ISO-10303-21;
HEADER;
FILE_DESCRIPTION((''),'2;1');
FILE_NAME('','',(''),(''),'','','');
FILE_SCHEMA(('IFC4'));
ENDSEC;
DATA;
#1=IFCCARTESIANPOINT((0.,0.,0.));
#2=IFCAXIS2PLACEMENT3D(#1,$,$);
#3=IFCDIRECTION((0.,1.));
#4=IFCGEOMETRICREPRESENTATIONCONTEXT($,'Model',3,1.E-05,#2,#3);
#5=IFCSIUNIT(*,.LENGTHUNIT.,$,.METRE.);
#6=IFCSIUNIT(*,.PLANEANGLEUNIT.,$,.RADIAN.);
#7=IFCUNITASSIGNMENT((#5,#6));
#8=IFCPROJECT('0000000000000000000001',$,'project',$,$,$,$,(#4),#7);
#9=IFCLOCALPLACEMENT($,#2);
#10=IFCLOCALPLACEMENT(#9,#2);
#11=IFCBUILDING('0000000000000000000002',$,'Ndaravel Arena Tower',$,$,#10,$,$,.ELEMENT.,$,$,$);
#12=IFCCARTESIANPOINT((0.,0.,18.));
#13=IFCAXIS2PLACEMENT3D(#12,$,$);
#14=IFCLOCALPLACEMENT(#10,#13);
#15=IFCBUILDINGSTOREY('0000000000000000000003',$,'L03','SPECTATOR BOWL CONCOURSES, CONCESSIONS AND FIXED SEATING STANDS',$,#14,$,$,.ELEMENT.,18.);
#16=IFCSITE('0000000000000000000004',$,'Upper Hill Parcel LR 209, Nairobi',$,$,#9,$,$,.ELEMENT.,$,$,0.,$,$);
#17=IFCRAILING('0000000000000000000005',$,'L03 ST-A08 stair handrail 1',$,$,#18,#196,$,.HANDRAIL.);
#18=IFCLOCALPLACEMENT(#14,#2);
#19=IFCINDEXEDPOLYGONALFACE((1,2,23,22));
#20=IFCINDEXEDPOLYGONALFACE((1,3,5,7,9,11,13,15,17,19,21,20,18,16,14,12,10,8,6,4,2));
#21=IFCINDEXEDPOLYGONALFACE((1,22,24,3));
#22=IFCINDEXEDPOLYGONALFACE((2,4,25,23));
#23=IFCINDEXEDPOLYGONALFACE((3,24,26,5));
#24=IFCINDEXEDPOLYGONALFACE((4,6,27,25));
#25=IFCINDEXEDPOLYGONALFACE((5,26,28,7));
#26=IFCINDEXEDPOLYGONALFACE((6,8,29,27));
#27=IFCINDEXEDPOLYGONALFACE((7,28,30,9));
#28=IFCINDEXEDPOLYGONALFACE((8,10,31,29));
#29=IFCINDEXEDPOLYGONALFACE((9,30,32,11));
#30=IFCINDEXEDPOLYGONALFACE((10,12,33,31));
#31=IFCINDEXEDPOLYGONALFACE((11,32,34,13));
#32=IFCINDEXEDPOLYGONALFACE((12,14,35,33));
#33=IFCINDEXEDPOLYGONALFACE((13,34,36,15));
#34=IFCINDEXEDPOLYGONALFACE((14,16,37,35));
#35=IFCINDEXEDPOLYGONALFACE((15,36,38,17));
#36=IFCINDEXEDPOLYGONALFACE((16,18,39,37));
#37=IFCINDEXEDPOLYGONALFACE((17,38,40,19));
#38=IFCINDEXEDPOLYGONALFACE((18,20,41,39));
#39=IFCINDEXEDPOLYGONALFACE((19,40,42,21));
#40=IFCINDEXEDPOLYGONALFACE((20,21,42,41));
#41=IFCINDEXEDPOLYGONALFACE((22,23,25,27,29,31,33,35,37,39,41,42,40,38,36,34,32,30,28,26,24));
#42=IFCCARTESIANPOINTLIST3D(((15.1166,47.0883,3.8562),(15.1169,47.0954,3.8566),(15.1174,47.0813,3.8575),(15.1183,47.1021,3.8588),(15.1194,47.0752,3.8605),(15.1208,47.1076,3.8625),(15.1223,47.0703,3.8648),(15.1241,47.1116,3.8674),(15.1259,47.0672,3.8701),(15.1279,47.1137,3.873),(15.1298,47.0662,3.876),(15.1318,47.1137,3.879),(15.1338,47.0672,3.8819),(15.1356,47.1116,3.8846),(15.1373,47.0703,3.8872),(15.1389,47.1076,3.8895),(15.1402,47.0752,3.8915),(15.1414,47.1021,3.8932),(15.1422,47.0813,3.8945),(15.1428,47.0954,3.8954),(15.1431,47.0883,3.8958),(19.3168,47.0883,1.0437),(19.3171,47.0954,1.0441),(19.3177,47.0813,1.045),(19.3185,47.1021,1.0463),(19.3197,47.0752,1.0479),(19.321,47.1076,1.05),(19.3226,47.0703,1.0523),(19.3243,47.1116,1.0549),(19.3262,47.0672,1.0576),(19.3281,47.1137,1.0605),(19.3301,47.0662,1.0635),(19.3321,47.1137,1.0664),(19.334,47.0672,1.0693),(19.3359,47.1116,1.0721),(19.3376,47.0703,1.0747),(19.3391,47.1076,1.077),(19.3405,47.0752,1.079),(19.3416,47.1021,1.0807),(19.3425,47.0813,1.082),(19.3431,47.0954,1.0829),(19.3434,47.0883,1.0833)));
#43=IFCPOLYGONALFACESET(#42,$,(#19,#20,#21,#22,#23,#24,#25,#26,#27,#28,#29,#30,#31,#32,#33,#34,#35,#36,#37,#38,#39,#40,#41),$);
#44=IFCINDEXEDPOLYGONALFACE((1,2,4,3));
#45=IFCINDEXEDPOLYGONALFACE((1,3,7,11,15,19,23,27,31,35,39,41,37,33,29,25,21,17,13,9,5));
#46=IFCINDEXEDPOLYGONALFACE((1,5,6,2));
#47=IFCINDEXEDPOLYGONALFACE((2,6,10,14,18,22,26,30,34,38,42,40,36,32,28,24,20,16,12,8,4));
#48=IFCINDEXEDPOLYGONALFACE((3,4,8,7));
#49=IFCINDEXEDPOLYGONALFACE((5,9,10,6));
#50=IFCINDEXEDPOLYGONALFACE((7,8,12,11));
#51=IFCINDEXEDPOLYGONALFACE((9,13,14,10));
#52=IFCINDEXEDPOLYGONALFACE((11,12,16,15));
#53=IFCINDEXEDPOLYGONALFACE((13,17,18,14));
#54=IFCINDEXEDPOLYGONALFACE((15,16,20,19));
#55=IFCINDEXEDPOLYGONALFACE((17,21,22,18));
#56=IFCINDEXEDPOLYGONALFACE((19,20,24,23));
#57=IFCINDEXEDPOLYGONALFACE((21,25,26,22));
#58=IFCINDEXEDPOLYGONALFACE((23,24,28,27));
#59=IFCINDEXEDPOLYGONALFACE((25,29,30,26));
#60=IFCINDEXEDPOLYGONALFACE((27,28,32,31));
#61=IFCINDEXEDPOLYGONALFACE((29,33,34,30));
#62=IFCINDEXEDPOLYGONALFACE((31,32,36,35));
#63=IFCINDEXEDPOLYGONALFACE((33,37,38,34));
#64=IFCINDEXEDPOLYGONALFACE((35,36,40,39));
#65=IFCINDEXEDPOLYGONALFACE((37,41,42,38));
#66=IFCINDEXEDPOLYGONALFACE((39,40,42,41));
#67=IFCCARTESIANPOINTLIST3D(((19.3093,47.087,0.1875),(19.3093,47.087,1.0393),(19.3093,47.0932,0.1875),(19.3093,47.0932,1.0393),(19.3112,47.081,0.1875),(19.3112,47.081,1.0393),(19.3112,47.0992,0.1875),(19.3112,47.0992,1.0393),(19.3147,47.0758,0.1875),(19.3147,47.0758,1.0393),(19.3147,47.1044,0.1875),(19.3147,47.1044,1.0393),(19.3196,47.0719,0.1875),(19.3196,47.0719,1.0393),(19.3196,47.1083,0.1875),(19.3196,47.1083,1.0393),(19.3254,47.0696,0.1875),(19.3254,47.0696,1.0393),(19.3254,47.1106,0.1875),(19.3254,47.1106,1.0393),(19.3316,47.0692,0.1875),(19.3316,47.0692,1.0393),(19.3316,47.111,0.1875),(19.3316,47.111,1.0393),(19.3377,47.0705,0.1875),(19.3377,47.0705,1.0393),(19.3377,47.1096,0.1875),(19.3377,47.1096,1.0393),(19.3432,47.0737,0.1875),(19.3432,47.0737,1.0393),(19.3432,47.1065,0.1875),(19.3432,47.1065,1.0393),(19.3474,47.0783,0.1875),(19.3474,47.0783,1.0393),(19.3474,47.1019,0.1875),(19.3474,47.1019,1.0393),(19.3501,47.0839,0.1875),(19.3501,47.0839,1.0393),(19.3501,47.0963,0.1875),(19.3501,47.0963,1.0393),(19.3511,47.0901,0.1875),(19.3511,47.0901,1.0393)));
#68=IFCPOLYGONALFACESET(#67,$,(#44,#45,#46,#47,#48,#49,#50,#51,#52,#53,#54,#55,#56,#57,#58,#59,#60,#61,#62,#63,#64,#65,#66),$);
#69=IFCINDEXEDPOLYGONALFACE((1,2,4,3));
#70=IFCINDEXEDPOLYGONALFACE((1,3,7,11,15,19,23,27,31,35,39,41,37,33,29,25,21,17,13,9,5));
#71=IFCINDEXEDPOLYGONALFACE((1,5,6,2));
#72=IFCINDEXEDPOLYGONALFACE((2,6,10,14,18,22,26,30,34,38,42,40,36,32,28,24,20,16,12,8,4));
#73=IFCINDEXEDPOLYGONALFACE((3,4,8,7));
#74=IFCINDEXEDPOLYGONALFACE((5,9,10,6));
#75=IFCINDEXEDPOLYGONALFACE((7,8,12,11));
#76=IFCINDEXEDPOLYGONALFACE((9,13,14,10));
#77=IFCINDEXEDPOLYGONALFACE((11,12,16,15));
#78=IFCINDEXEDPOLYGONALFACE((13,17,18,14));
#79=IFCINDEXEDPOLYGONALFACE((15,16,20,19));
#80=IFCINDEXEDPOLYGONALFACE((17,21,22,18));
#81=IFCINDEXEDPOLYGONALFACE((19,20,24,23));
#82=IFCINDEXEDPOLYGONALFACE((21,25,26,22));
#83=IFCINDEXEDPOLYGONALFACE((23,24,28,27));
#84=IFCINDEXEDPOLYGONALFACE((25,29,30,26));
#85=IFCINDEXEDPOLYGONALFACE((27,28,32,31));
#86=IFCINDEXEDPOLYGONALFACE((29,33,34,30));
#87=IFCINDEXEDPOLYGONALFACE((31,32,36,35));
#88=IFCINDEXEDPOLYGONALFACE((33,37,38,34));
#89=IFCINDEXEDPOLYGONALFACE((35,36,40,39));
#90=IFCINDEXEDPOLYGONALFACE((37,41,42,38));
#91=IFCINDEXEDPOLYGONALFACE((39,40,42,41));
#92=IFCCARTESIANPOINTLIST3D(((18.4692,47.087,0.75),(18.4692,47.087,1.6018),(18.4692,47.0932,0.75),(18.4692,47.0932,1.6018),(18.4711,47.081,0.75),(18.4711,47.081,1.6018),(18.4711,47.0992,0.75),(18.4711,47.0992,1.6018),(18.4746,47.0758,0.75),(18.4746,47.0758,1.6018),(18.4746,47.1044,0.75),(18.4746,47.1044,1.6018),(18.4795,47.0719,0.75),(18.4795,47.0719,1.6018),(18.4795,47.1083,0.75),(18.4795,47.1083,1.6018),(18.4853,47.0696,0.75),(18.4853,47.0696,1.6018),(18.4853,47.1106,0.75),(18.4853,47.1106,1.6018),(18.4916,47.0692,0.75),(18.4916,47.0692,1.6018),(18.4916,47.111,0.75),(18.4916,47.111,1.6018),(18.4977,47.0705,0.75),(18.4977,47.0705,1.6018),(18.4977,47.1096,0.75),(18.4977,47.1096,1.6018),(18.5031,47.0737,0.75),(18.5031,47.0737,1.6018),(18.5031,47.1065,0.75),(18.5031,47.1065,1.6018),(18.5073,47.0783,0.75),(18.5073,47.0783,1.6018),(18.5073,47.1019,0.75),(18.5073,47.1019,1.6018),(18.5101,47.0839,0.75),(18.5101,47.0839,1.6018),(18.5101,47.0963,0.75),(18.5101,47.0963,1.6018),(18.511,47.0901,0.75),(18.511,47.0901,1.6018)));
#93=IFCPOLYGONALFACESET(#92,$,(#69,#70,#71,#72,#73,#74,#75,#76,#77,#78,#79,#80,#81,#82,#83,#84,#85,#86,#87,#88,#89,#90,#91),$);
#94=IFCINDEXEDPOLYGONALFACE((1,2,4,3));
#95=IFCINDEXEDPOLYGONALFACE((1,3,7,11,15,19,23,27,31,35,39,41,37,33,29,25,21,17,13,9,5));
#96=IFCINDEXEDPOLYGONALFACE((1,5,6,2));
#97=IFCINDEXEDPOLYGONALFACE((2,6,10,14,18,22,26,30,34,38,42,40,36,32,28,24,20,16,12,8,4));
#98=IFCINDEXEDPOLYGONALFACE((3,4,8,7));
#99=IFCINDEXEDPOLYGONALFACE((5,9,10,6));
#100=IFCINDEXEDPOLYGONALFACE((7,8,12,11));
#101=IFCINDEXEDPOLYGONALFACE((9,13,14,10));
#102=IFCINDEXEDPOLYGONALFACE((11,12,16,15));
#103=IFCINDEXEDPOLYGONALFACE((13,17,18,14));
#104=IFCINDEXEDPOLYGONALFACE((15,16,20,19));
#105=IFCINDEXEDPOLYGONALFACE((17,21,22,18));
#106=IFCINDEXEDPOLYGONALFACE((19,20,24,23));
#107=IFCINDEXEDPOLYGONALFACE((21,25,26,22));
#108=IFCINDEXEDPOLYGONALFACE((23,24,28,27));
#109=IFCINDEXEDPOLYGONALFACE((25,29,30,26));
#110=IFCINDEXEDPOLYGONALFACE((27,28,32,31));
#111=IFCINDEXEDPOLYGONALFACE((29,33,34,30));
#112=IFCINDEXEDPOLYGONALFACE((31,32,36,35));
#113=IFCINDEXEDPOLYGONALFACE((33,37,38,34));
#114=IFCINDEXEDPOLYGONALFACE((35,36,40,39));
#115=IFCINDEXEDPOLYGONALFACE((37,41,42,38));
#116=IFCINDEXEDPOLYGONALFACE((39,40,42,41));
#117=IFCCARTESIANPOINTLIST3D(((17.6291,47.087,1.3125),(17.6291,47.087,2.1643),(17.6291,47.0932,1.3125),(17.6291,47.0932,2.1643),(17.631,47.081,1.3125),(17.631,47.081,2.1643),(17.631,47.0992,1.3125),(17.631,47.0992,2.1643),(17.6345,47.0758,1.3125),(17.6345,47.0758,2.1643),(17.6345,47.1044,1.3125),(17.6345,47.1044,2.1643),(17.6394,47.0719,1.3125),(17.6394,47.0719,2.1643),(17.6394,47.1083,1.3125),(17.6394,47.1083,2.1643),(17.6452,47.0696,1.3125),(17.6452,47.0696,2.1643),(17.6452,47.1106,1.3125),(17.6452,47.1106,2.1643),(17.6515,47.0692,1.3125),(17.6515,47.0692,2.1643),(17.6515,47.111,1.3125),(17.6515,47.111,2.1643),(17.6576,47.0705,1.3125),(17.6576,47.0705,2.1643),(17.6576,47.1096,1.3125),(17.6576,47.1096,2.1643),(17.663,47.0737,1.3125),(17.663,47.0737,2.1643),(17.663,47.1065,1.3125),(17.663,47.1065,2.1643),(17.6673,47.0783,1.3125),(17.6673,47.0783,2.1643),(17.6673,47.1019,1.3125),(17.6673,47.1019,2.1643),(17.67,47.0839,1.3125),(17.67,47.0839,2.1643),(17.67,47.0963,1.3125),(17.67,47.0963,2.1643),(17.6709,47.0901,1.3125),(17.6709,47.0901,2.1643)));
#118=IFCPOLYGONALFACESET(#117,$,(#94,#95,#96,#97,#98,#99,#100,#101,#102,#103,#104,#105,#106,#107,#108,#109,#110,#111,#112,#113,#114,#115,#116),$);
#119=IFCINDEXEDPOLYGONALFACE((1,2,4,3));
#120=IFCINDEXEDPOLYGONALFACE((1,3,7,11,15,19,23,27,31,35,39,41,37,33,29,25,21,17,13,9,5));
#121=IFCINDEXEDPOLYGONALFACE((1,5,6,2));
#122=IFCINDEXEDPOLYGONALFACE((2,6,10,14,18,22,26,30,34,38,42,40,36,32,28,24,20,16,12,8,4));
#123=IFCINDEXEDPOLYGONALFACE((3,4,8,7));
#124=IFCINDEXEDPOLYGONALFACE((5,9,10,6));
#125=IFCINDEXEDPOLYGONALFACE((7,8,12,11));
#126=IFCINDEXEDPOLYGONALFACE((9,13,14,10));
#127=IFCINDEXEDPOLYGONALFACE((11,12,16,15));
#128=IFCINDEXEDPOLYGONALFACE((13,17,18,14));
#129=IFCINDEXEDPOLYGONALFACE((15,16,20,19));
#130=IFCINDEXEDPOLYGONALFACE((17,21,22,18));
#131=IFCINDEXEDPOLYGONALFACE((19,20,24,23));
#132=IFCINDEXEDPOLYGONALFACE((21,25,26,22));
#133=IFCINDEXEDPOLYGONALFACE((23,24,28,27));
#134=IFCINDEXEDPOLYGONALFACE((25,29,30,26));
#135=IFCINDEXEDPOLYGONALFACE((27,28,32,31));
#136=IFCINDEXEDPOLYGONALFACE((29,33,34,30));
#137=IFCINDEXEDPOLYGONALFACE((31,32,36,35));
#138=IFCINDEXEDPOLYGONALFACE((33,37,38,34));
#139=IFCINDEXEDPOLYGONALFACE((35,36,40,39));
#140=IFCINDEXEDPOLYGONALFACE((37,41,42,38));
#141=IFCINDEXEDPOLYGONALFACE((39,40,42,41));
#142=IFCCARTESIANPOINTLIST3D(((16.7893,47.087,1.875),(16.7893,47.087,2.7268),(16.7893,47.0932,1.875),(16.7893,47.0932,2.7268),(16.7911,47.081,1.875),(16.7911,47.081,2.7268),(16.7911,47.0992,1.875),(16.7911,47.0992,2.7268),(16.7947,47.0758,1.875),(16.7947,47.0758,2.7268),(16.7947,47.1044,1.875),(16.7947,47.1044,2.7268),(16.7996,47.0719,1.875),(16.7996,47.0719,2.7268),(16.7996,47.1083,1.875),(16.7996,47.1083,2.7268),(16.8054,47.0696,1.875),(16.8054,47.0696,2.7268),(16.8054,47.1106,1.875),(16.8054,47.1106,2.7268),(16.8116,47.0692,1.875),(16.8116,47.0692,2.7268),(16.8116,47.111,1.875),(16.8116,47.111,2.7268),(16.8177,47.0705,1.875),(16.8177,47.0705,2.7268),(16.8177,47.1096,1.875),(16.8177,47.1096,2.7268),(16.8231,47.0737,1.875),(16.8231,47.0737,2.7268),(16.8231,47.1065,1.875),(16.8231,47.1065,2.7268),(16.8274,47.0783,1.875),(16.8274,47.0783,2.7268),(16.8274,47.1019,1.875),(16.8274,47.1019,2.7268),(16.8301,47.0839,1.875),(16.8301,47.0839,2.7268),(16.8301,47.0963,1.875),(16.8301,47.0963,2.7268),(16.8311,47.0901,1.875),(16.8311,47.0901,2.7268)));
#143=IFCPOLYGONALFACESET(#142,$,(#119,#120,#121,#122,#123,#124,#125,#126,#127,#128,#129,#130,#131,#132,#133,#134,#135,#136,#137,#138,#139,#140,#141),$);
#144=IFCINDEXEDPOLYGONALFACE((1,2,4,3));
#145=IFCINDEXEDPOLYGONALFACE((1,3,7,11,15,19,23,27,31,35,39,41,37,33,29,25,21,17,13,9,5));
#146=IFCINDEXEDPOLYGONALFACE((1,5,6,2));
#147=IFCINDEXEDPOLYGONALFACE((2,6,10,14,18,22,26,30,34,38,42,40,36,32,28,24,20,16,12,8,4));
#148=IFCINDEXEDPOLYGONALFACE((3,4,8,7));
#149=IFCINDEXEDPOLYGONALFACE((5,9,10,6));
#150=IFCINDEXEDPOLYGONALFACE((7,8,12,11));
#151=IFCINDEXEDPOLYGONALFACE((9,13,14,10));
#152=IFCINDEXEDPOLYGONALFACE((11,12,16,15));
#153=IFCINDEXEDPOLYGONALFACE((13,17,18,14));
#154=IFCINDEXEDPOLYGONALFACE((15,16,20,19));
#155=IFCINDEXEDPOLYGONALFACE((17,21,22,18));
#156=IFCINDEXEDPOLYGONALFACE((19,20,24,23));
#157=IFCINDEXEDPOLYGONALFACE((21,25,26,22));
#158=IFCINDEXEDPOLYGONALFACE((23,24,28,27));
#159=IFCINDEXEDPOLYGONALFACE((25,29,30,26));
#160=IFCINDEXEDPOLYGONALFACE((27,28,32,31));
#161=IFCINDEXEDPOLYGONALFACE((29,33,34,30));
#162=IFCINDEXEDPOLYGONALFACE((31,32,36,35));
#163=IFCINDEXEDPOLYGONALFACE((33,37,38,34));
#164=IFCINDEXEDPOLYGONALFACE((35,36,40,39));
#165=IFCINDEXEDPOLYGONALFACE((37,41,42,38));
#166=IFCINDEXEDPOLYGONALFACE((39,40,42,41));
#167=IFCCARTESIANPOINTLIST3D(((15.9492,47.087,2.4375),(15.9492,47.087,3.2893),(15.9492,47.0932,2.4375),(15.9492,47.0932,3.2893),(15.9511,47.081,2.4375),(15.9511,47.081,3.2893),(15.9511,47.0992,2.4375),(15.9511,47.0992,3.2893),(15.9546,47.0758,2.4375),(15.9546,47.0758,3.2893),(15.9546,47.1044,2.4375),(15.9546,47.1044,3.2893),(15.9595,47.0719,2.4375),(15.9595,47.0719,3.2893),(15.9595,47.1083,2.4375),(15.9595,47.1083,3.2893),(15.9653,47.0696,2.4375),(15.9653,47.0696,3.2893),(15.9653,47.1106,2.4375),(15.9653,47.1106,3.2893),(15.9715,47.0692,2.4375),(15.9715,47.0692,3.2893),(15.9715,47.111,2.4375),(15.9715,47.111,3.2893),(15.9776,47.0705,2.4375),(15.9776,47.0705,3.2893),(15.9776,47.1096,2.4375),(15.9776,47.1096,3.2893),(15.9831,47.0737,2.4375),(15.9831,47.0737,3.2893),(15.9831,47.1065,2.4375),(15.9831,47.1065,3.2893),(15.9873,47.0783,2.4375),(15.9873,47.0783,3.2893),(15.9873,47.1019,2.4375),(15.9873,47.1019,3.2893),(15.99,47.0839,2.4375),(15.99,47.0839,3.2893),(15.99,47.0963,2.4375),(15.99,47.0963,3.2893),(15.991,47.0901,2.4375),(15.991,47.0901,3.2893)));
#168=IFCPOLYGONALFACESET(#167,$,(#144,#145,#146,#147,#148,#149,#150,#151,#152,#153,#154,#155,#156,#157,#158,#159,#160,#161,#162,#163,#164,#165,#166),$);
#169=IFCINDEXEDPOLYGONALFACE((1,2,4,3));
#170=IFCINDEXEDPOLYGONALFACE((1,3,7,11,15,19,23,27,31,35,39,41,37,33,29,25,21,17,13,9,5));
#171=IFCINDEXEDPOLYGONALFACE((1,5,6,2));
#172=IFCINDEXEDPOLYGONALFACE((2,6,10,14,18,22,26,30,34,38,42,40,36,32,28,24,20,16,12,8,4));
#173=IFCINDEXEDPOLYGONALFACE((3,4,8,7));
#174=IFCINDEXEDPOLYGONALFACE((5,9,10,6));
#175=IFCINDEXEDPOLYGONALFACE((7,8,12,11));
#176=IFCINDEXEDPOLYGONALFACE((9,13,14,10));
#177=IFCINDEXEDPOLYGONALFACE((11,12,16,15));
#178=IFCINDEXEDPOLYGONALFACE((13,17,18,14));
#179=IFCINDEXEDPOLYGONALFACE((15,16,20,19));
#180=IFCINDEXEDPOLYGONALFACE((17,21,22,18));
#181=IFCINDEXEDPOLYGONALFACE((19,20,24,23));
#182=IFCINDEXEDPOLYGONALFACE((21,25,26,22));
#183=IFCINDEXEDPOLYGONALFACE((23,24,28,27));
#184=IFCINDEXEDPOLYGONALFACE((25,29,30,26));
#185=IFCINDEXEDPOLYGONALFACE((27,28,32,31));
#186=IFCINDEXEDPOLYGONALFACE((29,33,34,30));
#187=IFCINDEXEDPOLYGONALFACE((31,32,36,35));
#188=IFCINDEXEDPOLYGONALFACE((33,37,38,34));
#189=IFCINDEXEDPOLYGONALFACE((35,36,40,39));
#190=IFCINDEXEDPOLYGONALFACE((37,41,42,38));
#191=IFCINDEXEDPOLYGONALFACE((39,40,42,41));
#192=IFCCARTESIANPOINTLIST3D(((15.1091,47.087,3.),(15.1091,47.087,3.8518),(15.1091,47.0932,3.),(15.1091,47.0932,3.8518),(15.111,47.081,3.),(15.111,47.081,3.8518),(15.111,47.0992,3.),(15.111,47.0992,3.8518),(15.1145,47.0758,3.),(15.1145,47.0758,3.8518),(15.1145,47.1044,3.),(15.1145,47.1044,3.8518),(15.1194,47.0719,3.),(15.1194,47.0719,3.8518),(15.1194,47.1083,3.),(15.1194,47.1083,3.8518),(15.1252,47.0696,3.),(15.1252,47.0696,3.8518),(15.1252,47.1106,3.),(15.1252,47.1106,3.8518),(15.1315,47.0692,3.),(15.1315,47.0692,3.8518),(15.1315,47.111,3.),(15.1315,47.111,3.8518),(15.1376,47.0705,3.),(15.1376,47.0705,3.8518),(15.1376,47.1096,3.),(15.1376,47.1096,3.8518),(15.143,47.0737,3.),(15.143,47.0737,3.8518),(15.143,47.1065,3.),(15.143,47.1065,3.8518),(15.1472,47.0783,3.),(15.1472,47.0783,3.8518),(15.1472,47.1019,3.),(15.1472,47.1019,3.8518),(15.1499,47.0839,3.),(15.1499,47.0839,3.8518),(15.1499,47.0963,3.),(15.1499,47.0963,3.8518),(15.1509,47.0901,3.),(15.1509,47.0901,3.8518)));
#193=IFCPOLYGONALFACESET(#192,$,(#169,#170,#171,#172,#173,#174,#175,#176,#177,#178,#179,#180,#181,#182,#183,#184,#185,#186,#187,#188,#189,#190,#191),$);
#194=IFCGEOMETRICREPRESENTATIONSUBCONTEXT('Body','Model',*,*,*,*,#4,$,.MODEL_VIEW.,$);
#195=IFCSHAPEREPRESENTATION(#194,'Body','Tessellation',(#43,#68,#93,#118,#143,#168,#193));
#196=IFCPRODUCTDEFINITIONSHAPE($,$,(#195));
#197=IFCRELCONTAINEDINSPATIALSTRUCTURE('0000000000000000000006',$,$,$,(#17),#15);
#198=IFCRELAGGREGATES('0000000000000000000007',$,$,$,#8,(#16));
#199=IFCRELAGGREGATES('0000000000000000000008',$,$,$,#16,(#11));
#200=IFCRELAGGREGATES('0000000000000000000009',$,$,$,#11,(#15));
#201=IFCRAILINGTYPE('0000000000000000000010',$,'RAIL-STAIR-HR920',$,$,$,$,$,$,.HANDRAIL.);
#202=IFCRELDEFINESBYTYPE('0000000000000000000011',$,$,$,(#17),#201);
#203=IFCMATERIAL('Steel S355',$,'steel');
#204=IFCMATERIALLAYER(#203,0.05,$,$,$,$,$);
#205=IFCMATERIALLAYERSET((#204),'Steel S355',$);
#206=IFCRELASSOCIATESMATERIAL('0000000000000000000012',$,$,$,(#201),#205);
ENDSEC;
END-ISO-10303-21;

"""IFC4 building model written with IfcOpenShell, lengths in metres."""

from ifc_helpers import new_model, si_unit, direction, frame, origin, origin_2d, place, context, subcontext, project, spatial, circle, extrude, material, layer, layer_set, type_object, element, save


model = new_model("IFC4")

# Units and contexts
model_context = context("Model", 3, precision=1e-05, world=origin(), true_north=direction((0.0, 1.0)))
body_context = subcontext(model_context, "Body", "Model", "MODEL_VIEW")
ifc_project = project(units=[si_unit("LENGTHUNIT", "METRE"), si_unit("PLANEANGLEUNIT", "RADIAN")], contexts=[model_context])

# Site, building, storey
site_placement = place(None, origin())
site = spatial("IfcSite", under=ifc_project, at=site_placement, Name="Upper Hill Parcel LR 209, Nairobi", CompositionType="ELEMENT", RefElevation=0.0)
building_placement = place(site_placement, origin())
building = spatial("IfcBuilding", under=site, at=building_placement, Name="Ndaravel Arena Tower", CompositionType="ELEMENT")
storey_placement = place(building_placement, frame((0.0, 0.0, 18.0)))
storey = spatial("IfcBuildingStorey", under=building, at=storey_placement, Name="L03", Description="SPECTATOR BOWL CONCOURSES, CONCESSIONS AND FIXED SEATING STANDS", CompositionType="ELEMENT", Elevation=18.0)

# Railing
ifc_material_1 = material(Name="Steel S355", Category="steel")
ifc_layer_1 = layer(ifc_material_1, 0.05)
ifc_layer_set_1 = layer_set([ifc_layer_1], Name="Steel S355")
railing_type_1 = type_object("IfcRailingType", Name="RAIL-STAIR-HR920", PredefinedType="HANDRAIL", material=ifc_layer_set_1)
railing_1_placement = place(storey_placement, frame((19.3301, 47.0901, 0.1875)))
element("IfcRailing", 1, at=railing_1_placement, inside=storey, type_object=railing_type_1, Name="L03 ST-A08 stair handrail 1", PredefinedType="HANDRAIL", context=body_context, shape_type="SweptSolid", body=[
    extrude(circle(Radius=0.0239, at=origin_2d()), frame((0.0, 0.0, 0.876), z_axis=(-0.830919, 0.0, 0.556393), x_axis=(0.0, -1.0, 0.0)), (0.0, 0.0, 1.0), 5.0549),
    extrude(circle(Radius=0.021, at=origin_2d()), origin(), (0.0, 0.0, 1.0), 0.8518),
    extrude(circle(Radius=0.021, at=origin_2d()), frame((-0.8401, 0.0, 0.5625)), (0.0, 0.0, 1.0), 0.8518),
    extrude(circle(Radius=0.021, at=origin_2d()), frame((-1.6802, 0.0, 1.125)), (0.0, 0.0, 1.0), 0.8518),
    extrude(circle(Radius=0.021, at=origin_2d()), frame((-2.52, 0.0, 1.6875)), (0.0, 0.0, 1.0), 0.8518),
    extrude(circle(Radius=0.021, at=origin_2d()), frame((-3.3601, 0.0, 2.25)), (0.0, 0.0, 1.0), 0.8518),
    extrude(circle(Radius=0.021, at=origin_2d()), frame((-4.2002, 0.0, 2.8125)), (0.0, 0.0, 1.0), 0.8518),
])

save(model, "model.ifc")
